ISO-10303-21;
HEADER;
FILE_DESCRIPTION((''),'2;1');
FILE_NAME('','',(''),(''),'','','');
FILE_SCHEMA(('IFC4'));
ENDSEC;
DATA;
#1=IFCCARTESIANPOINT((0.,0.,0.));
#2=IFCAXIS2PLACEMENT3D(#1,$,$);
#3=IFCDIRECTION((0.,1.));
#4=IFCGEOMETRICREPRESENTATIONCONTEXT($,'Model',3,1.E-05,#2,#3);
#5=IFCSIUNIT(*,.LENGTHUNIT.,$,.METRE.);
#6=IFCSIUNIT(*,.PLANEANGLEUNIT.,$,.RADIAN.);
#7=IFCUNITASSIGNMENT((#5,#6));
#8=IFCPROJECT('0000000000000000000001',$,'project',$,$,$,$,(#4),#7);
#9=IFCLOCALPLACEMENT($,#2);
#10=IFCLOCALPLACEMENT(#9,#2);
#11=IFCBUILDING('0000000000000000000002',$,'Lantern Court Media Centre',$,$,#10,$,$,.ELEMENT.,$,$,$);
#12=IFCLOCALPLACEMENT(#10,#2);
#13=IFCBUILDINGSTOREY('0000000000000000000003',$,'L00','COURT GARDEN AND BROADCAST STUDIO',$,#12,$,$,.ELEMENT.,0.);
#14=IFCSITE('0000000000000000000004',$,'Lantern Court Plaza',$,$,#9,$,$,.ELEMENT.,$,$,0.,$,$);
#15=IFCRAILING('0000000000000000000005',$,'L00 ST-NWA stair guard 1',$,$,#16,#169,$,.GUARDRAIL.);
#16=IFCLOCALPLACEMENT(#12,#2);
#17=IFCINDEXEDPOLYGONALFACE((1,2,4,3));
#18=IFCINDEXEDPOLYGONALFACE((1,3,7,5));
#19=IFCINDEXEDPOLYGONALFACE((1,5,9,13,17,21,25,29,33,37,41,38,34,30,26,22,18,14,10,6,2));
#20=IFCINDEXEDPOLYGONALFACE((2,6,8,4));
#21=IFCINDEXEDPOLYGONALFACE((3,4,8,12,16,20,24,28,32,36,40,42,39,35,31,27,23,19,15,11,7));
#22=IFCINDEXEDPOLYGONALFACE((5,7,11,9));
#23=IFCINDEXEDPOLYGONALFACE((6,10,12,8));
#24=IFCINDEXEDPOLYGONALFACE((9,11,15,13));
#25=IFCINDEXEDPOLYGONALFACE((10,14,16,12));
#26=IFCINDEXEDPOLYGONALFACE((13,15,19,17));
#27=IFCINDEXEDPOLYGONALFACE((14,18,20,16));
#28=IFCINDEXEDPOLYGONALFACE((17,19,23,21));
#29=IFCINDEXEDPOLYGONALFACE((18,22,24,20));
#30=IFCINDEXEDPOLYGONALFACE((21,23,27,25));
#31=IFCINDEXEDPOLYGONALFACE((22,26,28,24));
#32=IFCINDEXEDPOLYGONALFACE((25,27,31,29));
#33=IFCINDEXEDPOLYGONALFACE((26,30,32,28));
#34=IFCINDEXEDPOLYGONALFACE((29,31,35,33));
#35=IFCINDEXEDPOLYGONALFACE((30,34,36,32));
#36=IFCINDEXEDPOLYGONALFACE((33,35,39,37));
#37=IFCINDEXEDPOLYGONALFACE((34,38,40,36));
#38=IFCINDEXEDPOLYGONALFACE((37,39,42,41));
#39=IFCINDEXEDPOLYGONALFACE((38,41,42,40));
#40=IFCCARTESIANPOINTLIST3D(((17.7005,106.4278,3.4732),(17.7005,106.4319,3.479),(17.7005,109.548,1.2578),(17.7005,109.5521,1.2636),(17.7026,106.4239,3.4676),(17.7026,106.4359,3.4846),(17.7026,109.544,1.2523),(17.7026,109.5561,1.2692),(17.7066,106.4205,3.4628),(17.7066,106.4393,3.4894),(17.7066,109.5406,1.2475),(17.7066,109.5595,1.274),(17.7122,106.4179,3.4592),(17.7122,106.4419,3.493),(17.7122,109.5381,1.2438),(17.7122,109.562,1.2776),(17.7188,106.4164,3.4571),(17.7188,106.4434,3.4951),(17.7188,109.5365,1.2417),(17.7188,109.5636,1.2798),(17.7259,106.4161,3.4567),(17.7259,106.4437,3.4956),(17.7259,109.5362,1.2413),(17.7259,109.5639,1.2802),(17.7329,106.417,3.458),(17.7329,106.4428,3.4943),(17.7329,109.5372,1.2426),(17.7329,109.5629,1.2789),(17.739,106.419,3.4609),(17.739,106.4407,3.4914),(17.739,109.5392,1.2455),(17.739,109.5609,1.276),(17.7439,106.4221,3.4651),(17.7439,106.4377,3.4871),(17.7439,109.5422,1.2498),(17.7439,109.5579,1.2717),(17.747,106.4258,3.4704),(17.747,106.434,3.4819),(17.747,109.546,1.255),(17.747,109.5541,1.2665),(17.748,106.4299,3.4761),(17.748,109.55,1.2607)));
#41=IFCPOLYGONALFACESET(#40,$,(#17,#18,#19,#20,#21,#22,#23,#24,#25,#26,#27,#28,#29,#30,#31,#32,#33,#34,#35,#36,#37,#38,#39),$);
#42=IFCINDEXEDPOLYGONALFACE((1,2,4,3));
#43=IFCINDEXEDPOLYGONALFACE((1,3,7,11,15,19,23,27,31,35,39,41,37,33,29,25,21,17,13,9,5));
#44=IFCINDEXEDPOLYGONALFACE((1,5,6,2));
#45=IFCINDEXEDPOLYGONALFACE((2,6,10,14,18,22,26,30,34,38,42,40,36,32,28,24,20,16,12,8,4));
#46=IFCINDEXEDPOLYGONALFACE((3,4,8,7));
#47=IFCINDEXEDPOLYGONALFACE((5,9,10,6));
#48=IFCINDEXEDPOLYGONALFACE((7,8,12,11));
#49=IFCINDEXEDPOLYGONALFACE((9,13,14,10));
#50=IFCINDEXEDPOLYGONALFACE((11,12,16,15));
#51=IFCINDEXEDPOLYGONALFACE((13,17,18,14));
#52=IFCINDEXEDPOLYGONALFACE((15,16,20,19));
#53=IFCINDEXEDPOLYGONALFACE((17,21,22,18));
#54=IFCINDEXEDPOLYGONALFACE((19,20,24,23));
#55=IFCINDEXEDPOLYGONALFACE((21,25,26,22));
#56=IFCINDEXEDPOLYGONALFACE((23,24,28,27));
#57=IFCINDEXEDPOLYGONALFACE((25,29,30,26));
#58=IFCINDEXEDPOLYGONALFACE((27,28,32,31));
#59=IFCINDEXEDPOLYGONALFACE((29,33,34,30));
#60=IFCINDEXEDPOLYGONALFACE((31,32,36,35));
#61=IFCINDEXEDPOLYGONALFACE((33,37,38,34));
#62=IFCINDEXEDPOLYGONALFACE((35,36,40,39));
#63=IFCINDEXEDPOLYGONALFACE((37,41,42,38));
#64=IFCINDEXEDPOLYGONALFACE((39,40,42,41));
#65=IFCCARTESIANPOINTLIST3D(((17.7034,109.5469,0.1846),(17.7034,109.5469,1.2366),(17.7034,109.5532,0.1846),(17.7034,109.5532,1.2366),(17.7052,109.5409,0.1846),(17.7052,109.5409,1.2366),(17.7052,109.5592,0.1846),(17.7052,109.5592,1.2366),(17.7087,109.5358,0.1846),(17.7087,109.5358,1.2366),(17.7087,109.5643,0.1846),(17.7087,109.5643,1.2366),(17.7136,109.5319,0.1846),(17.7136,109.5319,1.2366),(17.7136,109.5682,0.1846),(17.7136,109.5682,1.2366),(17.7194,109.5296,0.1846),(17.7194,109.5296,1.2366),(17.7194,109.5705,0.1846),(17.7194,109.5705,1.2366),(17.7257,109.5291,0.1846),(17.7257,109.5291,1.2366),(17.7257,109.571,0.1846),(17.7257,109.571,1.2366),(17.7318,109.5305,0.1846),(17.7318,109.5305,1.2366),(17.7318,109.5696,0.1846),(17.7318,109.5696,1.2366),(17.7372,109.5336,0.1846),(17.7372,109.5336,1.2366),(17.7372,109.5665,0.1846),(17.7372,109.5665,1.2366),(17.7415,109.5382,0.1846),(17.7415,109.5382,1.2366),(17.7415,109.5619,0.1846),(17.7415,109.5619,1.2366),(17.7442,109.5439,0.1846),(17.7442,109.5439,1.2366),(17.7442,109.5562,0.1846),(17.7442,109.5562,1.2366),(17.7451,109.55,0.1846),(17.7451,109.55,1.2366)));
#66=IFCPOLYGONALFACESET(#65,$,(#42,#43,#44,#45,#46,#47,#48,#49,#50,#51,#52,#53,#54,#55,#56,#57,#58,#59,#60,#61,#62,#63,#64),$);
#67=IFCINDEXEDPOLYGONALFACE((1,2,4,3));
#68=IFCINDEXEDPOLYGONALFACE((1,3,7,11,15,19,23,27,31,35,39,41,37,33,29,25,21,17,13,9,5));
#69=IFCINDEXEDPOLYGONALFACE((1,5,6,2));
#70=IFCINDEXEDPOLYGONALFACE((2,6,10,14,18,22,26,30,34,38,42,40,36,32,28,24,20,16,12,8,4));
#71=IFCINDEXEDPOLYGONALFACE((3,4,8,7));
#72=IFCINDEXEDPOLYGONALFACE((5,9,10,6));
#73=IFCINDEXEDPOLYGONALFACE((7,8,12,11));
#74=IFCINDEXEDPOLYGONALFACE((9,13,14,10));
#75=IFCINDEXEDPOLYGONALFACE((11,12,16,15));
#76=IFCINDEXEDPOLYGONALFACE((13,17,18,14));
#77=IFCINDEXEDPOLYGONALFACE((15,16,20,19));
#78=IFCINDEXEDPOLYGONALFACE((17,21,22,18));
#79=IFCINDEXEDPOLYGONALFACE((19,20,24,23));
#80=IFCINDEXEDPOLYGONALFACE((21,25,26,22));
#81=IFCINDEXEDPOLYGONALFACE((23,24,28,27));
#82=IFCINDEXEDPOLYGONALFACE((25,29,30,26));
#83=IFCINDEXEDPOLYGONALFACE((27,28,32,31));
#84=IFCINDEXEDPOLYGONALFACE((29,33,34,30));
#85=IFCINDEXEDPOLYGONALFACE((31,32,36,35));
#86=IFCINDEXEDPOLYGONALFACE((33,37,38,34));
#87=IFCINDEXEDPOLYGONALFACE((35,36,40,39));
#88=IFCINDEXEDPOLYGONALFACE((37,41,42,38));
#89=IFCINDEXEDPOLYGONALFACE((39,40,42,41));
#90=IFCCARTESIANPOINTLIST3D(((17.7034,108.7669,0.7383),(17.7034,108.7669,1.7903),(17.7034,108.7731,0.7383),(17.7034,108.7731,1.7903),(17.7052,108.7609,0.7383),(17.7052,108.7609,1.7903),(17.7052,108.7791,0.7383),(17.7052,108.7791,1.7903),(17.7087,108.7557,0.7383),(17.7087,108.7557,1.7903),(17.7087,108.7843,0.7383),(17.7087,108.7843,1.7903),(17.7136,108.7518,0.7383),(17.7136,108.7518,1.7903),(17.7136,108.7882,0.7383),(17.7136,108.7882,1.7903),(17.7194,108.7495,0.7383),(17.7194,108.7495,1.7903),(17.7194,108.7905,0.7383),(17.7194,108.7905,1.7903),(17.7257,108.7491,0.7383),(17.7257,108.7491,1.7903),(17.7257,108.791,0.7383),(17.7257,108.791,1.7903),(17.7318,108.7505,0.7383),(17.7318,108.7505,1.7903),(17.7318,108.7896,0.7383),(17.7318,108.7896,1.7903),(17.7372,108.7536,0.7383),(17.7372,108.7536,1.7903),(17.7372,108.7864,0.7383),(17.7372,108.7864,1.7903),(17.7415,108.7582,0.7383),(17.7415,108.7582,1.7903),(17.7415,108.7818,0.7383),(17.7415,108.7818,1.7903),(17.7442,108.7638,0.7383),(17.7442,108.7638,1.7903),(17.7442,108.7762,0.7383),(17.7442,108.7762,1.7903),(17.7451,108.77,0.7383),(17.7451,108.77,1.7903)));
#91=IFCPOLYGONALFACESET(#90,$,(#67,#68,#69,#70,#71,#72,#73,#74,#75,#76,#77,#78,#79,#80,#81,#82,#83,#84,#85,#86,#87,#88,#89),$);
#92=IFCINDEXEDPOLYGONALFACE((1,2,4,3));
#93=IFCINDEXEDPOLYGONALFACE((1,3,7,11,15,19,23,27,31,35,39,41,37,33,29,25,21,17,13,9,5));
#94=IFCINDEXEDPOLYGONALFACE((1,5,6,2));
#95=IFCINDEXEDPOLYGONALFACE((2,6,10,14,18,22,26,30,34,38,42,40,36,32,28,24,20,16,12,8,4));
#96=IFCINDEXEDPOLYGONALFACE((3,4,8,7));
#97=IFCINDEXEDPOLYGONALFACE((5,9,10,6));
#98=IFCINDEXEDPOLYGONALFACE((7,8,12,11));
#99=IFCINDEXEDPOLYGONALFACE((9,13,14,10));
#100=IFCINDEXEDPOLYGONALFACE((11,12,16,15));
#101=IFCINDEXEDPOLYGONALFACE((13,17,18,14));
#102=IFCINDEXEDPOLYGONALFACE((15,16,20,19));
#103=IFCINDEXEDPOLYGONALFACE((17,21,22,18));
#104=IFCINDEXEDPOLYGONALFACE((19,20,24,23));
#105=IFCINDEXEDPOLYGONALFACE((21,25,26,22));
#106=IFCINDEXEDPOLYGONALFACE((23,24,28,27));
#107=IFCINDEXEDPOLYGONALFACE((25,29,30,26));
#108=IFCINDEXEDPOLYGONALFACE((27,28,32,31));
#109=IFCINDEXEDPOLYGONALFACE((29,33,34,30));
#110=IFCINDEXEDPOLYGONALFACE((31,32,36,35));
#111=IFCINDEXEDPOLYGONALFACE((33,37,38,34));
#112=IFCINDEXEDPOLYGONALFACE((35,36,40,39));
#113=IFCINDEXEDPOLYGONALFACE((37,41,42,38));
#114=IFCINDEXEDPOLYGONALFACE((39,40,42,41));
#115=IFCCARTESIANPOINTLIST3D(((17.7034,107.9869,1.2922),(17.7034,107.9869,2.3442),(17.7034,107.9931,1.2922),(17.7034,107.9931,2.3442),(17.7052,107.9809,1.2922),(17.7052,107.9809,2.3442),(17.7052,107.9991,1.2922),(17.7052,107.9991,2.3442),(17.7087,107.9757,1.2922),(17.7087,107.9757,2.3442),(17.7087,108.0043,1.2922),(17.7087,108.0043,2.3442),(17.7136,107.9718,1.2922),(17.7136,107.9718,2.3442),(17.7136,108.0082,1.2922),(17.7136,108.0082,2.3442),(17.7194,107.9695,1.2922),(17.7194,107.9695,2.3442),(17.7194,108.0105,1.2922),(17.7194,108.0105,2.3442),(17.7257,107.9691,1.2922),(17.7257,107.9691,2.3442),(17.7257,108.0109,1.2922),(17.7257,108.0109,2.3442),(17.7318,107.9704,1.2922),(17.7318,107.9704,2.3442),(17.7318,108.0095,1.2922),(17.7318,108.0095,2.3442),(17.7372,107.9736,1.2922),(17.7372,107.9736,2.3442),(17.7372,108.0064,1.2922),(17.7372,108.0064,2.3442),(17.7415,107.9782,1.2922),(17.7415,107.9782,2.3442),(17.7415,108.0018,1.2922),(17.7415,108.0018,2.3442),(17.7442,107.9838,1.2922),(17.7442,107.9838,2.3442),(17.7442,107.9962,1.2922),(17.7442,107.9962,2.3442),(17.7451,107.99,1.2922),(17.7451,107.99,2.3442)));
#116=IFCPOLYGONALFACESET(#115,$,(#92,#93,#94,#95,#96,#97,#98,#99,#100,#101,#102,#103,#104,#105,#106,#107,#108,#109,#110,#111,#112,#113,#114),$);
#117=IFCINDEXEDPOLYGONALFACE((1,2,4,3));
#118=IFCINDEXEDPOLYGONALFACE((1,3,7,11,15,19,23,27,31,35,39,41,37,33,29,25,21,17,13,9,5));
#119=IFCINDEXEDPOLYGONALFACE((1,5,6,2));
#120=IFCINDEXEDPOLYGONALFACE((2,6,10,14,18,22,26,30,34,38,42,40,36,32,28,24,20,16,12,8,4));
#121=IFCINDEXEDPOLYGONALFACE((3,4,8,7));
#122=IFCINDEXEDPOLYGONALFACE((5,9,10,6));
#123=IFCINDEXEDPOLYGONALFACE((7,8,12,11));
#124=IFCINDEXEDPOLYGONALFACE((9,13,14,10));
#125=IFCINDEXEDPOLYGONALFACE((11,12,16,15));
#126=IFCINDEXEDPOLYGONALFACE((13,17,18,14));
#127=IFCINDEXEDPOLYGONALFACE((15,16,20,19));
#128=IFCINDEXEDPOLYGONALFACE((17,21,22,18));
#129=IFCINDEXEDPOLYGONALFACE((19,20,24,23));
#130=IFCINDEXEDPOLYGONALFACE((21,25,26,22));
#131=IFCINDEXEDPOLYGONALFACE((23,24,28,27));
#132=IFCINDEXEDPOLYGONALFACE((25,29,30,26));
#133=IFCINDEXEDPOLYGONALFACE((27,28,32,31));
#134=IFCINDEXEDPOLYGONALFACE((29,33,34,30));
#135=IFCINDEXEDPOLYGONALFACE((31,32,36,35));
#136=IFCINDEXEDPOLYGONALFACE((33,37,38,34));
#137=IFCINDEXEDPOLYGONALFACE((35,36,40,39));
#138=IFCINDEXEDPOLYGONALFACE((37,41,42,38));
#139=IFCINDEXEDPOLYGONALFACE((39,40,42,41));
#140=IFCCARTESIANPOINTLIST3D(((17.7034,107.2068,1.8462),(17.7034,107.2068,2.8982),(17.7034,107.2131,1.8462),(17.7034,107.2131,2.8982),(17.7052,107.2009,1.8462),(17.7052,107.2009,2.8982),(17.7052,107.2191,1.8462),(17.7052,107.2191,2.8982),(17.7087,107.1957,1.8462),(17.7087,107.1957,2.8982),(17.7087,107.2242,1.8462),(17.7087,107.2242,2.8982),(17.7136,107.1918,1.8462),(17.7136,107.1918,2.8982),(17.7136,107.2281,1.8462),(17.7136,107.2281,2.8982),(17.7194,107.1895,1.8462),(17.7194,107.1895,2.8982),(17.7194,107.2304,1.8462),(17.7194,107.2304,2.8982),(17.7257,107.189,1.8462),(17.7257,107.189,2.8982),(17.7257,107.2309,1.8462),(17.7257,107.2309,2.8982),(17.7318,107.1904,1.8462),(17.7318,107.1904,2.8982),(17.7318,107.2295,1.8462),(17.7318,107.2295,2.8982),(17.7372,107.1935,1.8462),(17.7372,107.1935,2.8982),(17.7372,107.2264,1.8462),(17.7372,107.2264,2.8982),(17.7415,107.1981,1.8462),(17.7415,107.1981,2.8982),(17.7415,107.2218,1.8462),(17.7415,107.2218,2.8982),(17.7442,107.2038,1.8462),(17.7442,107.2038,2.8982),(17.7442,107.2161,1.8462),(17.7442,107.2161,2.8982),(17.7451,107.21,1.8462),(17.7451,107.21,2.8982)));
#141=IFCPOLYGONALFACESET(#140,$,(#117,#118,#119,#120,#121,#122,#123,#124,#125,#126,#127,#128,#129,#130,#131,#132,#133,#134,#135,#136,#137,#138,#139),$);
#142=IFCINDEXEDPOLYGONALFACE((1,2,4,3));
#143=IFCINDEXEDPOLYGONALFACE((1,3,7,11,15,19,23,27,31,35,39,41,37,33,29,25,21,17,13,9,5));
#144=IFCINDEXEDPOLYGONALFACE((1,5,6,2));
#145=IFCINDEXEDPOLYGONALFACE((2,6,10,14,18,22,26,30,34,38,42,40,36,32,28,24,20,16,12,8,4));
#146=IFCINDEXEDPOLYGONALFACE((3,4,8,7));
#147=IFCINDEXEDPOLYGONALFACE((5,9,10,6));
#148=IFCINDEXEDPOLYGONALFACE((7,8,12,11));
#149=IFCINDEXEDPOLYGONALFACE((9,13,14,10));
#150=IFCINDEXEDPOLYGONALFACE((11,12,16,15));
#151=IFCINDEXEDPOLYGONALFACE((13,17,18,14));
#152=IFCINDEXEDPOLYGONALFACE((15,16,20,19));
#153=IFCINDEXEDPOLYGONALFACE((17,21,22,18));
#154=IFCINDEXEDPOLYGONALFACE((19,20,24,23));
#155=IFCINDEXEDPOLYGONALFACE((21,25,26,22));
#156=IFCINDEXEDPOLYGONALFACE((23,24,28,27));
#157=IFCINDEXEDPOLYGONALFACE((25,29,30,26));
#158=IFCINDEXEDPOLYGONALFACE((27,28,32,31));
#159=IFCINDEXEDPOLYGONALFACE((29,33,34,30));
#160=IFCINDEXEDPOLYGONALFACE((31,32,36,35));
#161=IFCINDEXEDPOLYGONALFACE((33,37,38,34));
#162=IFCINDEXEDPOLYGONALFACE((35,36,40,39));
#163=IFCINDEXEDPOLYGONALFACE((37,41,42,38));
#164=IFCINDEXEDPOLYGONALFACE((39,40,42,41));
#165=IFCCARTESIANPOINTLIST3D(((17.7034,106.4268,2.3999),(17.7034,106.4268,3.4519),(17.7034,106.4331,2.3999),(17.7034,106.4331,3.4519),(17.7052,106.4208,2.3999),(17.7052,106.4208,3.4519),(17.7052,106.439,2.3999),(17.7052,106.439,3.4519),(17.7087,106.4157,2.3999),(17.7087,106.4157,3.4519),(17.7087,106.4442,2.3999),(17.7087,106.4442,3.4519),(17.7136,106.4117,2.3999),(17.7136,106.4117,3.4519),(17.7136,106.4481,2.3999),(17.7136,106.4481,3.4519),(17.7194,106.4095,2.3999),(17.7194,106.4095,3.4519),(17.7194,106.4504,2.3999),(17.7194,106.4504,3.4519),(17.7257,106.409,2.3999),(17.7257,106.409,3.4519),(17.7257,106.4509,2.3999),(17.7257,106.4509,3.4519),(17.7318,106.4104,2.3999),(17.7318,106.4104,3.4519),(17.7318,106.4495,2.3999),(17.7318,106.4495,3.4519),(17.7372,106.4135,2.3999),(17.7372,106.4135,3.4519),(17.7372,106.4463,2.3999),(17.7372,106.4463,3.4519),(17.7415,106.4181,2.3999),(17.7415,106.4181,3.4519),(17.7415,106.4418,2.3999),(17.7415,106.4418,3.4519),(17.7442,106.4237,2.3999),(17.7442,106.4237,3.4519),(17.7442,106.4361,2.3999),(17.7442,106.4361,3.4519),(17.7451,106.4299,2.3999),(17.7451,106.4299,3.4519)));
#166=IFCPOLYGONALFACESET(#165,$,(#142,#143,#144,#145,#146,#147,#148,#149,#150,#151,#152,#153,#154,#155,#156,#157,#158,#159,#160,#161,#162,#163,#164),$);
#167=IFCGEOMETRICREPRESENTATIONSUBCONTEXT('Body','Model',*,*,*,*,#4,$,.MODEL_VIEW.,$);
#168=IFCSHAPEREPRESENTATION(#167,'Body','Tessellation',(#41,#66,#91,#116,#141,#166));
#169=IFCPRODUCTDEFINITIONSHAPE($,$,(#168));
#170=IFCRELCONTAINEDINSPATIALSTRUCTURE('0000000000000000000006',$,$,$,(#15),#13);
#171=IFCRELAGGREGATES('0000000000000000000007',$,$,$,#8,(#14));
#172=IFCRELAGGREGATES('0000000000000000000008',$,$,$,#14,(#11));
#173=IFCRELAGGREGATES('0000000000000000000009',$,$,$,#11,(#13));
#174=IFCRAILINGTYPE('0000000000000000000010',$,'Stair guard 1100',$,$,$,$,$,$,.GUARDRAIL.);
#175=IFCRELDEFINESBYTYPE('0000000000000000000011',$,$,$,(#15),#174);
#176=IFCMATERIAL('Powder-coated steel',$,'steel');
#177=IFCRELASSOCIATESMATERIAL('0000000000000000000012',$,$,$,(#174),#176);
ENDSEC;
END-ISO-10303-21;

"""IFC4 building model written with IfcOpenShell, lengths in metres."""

from ifc_helpers import new_model, si_unit, direction, frame, origin, origin_2d, place, context, subcontext, project, spatial, circle, extrude, material, type_object, element, save


model = new_model("IFC4")

# Units and contexts
model_context = context("Model", 3, precision=1e-05, world=origin(), true_north=direction((0.0, 1.0)))
body_context = subcontext(model_context, "Body", "Model", "MODEL_VIEW")
ifc_project = project(units=[si_unit("LENGTHUNIT", "METRE"), si_unit("PLANEANGLEUNIT", "RADIAN")], contexts=[model_context])

# Site, building, storey
site_placement = place(None, origin())
site = spatial("IfcSite", under=ifc_project, at=site_placement, Name="Lantern Court Plaza", CompositionType="ELEMENT", RefElevation=0.0)
building_placement = place(site_placement, origin())
building = spatial("IfcBuilding", under=site, at=building_placement, Name="Lantern Court Media Centre", CompositionType="ELEMENT")
storey_placement = place(building_placement, origin())
storey = spatial("IfcBuildingStorey", under=building, at=storey_placement, Name="L00", Description="COURT GARDEN AND BROADCAST STUDIO", CompositionType="ELEMENT", Elevation=0.0)

# Railing
ifc_material_1 = material(Name="Powder-coated steel", Category="steel")
railing_type_1 = type_object("IfcRailingType", Name="Stair guard 1100", PredefinedType="GUARDRAIL", material=ifc_material_1)
railing_1_placement = place(storey_placement, frame((17.7241, 109.55, 0.1846)))
element("IfcRailing", 1, at=railing_1_placement, inside=storey, type_object=railing_type_1, Name="L00 ST-NWA stair guard 1", PredefinedType="GUARDRAIL", context=body_context, shape_type="SweptSolid", body=[
    extrude(circle(Radius=0.0239, at=origin_2d()), frame((0.0, 0.0, 1.0762), z_axis=(0.0, -0.815377, 0.57893), x_axis=(1.0, 0.0, 0.0)), (0.0, 0.0, 1.0), 3.8267),
    extrude(circle(Radius=0.021, at=origin_2d()), origin(), (0.0, 0.0, 1.0), 1.052),
    extrude(circle(Radius=0.021, at=origin_2d()), frame((0.0, -0.78, 0.5537)), (0.0, 0.0, 1.0), 1.052),
    extrude(circle(Radius=0.021, at=origin_2d()), frame((0.0, -1.5601, 1.1077)), (0.0, 0.0, 1.0), 1.052),
    extrude(circle(Radius=0.021, at=origin_2d()), frame((0.0, -2.3401, 1.6616)), (0.0, 0.0, 1.0), 1.052),
    extrude(circle(Radius=0.021, at=origin_2d()), frame((0.0, -3.1201, 2.2153)), (0.0, 0.0, 1.0), 1.052),
])

save(model, "model.ifc")
